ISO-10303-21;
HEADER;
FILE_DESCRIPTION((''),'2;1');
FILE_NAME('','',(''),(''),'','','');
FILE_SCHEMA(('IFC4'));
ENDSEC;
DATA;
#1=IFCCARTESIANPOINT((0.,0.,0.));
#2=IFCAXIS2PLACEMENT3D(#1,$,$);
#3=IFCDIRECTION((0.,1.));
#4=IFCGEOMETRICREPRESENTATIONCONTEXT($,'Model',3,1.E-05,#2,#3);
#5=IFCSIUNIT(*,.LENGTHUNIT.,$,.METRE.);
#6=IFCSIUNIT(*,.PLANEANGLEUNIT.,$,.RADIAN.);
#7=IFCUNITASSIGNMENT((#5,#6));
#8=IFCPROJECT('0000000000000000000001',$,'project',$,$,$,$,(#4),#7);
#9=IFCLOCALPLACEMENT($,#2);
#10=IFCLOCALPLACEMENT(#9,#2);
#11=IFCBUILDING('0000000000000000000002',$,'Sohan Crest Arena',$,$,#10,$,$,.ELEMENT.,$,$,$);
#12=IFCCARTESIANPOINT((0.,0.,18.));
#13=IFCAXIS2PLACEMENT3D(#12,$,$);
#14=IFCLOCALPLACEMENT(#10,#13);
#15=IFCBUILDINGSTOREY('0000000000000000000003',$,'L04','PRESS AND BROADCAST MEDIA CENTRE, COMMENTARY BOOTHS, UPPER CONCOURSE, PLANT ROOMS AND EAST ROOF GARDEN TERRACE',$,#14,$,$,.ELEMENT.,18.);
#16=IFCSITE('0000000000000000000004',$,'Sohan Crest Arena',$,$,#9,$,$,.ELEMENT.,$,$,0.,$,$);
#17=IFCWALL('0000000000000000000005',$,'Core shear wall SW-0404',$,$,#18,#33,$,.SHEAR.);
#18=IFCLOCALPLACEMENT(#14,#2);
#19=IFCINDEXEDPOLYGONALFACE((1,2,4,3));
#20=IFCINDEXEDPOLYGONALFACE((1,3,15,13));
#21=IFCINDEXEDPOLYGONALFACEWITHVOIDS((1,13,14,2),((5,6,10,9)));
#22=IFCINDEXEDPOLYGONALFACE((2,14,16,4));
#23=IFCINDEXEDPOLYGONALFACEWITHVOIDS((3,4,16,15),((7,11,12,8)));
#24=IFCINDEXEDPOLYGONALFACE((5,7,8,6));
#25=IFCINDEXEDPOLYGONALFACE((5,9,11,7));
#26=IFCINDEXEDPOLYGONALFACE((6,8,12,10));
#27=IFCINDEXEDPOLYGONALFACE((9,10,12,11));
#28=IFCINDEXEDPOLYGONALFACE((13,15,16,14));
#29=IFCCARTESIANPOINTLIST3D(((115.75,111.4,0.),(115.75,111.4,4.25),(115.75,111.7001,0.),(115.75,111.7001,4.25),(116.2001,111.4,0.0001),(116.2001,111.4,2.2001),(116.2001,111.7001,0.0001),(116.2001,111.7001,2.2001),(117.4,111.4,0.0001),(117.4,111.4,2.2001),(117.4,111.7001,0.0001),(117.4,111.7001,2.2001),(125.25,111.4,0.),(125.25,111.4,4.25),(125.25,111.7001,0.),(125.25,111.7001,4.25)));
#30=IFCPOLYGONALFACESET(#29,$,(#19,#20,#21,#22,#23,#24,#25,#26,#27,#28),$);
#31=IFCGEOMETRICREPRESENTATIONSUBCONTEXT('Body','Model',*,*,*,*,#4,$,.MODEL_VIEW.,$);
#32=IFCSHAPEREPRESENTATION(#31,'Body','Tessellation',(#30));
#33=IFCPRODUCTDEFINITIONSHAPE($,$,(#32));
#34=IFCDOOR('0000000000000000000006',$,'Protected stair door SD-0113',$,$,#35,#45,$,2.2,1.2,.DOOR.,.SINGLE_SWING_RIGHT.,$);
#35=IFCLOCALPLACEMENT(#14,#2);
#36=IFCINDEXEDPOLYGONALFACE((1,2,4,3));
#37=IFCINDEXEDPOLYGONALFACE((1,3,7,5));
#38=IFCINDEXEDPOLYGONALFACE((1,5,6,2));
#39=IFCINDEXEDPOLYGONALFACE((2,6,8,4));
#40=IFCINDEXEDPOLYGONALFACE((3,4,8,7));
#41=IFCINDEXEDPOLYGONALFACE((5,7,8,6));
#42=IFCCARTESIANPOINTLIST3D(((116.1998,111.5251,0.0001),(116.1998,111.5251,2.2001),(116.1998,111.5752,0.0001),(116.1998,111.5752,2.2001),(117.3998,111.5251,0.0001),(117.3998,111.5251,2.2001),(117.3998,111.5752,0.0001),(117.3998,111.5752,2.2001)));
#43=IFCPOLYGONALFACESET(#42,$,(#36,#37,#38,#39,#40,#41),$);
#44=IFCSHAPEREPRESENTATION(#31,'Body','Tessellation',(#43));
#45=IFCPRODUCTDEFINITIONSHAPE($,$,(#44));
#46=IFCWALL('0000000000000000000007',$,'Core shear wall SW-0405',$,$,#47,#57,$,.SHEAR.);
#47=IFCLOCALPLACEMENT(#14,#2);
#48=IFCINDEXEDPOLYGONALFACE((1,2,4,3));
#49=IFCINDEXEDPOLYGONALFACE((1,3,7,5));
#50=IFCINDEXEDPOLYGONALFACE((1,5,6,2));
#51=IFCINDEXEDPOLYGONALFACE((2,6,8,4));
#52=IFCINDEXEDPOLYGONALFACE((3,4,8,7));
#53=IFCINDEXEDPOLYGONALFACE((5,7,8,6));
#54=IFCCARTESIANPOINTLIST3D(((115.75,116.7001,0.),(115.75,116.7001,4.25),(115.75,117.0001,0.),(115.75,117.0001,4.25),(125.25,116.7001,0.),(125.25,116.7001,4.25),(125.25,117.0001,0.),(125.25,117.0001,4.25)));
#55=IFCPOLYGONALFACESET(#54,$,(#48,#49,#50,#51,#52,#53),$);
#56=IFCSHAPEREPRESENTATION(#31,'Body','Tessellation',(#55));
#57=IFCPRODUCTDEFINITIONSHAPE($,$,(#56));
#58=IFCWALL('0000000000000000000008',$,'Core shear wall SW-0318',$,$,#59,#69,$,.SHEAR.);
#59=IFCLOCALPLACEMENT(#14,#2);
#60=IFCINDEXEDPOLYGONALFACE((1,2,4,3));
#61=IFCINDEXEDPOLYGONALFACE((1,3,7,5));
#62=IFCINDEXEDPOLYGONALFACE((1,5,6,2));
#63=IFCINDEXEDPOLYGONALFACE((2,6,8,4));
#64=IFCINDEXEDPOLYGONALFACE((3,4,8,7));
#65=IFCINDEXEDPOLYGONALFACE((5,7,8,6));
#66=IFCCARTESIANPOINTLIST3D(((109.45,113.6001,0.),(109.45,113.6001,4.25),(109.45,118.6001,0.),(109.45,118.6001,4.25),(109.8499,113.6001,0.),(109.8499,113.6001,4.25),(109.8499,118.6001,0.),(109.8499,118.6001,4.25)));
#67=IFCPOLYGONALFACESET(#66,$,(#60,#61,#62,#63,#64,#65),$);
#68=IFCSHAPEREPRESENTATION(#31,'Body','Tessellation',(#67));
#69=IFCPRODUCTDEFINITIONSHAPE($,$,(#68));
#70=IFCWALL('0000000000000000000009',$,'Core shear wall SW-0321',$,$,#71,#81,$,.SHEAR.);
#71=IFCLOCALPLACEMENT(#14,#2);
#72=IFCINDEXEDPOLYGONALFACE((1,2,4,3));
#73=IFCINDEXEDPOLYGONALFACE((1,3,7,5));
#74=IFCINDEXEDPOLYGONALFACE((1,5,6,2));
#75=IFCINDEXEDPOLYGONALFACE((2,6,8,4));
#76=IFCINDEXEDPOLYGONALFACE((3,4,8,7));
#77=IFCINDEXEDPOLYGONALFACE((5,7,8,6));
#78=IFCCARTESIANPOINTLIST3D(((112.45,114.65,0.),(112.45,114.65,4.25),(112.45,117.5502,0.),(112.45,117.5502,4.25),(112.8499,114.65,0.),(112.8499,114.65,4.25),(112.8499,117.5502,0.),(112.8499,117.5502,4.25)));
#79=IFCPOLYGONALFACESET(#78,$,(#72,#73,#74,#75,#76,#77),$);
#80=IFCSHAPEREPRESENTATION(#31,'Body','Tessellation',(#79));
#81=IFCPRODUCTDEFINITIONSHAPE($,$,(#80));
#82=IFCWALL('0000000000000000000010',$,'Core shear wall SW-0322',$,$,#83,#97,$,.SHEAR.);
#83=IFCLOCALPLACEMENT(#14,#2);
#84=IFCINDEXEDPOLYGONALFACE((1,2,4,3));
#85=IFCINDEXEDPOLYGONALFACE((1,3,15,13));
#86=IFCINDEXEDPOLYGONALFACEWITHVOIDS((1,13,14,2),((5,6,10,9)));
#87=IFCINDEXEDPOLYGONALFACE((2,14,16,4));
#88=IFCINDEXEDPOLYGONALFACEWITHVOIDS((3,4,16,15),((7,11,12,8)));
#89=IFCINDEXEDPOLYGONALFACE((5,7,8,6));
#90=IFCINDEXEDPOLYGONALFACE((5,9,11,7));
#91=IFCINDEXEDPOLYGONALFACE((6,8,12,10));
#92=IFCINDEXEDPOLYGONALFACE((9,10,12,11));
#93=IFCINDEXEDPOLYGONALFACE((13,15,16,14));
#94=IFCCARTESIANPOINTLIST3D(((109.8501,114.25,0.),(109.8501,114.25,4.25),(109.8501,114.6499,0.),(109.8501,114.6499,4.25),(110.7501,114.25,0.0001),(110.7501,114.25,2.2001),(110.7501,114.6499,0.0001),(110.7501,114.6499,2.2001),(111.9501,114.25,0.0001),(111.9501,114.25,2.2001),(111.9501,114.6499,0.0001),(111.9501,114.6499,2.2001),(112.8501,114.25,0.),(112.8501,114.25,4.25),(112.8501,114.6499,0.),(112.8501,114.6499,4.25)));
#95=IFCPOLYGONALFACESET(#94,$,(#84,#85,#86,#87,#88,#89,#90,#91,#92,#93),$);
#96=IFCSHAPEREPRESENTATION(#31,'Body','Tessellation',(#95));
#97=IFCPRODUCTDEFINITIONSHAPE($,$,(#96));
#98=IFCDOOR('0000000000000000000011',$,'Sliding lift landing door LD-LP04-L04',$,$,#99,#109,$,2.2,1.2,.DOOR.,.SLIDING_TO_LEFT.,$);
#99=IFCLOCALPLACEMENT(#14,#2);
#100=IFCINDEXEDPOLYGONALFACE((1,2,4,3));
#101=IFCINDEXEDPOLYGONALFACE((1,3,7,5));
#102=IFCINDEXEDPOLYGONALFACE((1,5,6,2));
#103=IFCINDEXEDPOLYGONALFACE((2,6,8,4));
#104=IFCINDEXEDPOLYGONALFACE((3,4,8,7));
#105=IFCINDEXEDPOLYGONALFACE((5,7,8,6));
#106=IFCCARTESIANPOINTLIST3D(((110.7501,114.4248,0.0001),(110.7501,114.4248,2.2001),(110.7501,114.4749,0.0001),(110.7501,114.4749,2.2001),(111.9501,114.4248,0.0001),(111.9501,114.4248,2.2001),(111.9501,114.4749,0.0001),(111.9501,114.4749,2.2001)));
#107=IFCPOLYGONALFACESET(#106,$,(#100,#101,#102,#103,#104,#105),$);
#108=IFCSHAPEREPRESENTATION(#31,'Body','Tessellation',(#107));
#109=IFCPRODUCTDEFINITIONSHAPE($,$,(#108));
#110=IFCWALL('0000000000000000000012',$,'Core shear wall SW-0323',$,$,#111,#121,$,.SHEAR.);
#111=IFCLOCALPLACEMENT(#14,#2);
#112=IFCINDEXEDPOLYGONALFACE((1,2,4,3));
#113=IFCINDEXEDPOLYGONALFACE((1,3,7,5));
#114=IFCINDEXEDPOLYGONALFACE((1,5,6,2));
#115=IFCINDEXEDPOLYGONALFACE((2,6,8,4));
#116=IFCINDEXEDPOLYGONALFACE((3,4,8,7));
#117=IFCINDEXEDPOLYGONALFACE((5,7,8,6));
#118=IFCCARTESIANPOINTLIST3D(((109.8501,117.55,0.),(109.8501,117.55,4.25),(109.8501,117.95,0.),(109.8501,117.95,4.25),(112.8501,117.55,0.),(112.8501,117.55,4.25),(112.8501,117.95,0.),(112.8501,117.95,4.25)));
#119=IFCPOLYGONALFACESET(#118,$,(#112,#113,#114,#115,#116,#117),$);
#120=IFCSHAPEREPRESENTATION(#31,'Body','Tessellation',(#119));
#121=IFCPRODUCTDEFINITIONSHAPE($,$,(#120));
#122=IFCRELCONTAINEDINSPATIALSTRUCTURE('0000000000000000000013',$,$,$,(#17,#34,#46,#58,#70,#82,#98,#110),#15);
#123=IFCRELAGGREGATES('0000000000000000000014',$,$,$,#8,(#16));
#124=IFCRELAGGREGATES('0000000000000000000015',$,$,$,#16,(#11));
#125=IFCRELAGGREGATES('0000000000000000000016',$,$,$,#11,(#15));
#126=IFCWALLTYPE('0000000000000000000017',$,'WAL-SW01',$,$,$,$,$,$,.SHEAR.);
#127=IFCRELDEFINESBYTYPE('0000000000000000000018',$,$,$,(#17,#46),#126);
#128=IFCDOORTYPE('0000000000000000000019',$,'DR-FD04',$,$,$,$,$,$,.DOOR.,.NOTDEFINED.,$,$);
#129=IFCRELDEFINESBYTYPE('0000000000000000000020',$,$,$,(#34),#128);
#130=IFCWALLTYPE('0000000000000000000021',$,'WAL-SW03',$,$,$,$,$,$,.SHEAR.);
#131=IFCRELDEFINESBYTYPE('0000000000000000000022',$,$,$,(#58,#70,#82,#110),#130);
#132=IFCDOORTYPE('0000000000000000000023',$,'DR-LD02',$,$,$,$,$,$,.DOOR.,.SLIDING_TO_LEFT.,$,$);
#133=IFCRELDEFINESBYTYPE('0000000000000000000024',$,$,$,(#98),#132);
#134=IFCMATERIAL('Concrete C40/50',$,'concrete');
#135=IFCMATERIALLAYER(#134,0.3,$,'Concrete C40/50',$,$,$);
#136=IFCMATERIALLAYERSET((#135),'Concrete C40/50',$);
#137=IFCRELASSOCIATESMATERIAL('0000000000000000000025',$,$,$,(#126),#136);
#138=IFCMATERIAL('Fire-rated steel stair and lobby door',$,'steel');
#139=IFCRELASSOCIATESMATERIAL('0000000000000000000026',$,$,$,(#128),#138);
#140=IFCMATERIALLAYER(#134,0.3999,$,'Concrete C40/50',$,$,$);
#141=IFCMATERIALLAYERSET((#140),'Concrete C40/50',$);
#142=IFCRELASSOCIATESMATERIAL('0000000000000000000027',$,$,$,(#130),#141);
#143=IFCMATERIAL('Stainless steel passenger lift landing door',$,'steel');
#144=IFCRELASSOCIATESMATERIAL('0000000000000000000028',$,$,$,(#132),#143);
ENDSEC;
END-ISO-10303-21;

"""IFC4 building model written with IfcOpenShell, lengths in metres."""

from ifc_helpers import new_model, si_unit, direction, frame, frame_2d, origin, place, context, subcontext, project, spatial, rectangle, extrude, material, layer, layer_set, type_object, element, fill, save


model = new_model("IFC4")

# Units and contexts
model_context = context("Model", 3, precision=1e-05, world=origin(), true_north=direction((0.0, 1.0)))
body_context = subcontext(model_context, "Body", "Model", "MODEL_VIEW")
ifc_project = project(units=[si_unit("LENGTHUNIT", "METRE"), si_unit("PLANEANGLEUNIT", "RADIAN")], contexts=[model_context])

# Site, building, storey
site_placement = place(None, origin())
site = spatial("IfcSite", under=ifc_project, at=site_placement, Name="Sohan Crest Arena", CompositionType="ELEMENT", RefElevation=0.0)
building_placement = place(site_placement, origin())
building = spatial("IfcBuilding", under=site, at=building_placement, Name="Sohan Crest Arena", CompositionType="ELEMENT")
storey_placement = place(building_placement, frame((0.0, 0.0, 18.0)))
storey = spatial("IfcBuildingStorey", under=building, at=storey_placement, Name="L04", Description="PRESS AND BROADCAST MEDIA CENTRE, COMMENTARY BOOTHS, UPPER CONCOURSE, PLANT ROOMS AND EAST ROOF GARDEN TERRACE", CompositionType="ELEMENT", Elevation=18.0)

# Shared definitions
ifc_material_1 = material(Name="Concrete C40/50", Category="concrete")

# Shared definitions
ifc_layer_1 = layer(ifc_material_1, 0.3, Name="Concrete C40/50")
ifc_layer_set_1 = layer_set([ifc_layer_1], Name="Concrete C40/50")
wall_type_1 = type_object("IfcWallType", Name="WAL-SW01", PredefinedType="SHEAR", material=ifc_layer_set_1)

# Wall, opening, door
wall_1_placement = place(storey_placement, frame((115.75, 111.55, 0.0), z_axis=(0.0, 0.0, 1.0), x_axis=(1.0, 0.0, 0.0)))
wall_1 = element("IfcWall", 1, at=wall_1_placement, inside=storey, type_object=wall_type_1, Name="Core shear wall SW-0404", PredefinedType="SHEAR", context=body_context, shape_type="SweptSolid", body=[
    extrude(rectangle(XDim=9.5, YDim=0.3, at=frame_2d((4.75, 0.0))), origin(), (0.0, 0.0, 1.0), 4.25),
])
opening_1_placement = place(wall_1_placement, frame((0.45, 0.0, 0.0)))
opening_1 = element("IfcOpeningElement", 2, at=opening_1_placement, cuts=wall_1, PredefinedType="OPENING", context=body_context, shape_type="SweptSolid", body=[
    extrude(rectangle(XDim=1.2, YDim=2.2, at=frame_2d((0.6001, 1.1001))), frame((0.0, 0.1599, 0.0), z_axis=(0.0, -1.0, 0.0), x_axis=(1.0, 0.0, 0.0)), (0.0, 0.0, 1.0), 0.3201),
])
ifc_material_2 = material(Name="Fire-rated steel stair and lobby door", Category="steel")
door_type_1 = type_object("IfcDoorType", Name="DR-FD04", OperationType="NOTDEFINED", PredefinedType="DOOR", material=ifc_material_2)
door_1_placement = place(opening_1_placement, frame((1.2, 0.0, 0.0), z_axis=(0.0, 0.0, 1.0), x_axis=(-1.0, 0.0, 0.0)))
door_1 = element("IfcDoor", 3, at=door_1_placement, inside=storey, type_object=door_type_1, Name="Protected stair door SD-0113", OperationType="SINGLE_SWING_RIGHT", OverallHeight=2.2, OverallWidth=1.2, PredefinedType="DOOR", context=body_context, shape_type="SweptSolid", body=[
    extrude(rectangle(XDim=1.2, YDim=2.2, at=frame_2d((0.6001, 1.1001))), frame((0.0, 0.0249, 0.0), z_axis=(0.0, -1.0, 0.0), x_axis=(1.0, 0.0, 0.0)), (0.0, 0.0, 1.0), 0.05),
])
fill(opening_1, door_1)

# Walls
wall_2_placement = place(storey_placement, frame((115.75, 116.8501, 0.0), z_axis=(0.0, 0.0, 1.0), x_axis=(1.0, 0.0, 0.0)))
element("IfcWall", 4, at=wall_2_placement, inside=storey, type_object=wall_type_1, Name="Core shear wall SW-0405", PredefinedType="SHEAR", context=body_context, shape_type="SweptSolid", body=[
    extrude(rectangle(XDim=9.5, YDim=0.3, at=frame_2d((4.75, 0.0))), origin(), (0.0, 0.0, 1.0), 4.25),
])
ifc_layer_2 = layer(ifc_material_1, 0.3999, Name="Concrete C40/50")
ifc_layer_set_2 = layer_set([ifc_layer_2], Name="Concrete C40/50")
wall_type_2 = type_object("IfcWallType", Name="WAL-SW03", PredefinedType="SHEAR", material=ifc_layer_set_2)
wall_3_placement = place(storey_placement, frame((109.6499, 113.6001, 0.0), z_axis=(0.0, 0.0, 1.0), x_axis=(0.0, 1.0, 0.0)))
element("IfcWall", 5, at=wall_3_placement, inside=storey, type_object=wall_type_2, Name="Core shear wall SW-0318", PredefinedType="SHEAR", context=body_context, shape_type="SweptSolid", body=[
    extrude(rectangle(XDim=5.0, YDim=0.3999, at=frame_2d((2.5, 0.0))), origin(), (0.0, 0.0, 1.0), 4.25),
])
wall_4_placement = place(storey_placement, frame((112.6499, 114.6499, 0.0), z_axis=(0.0, 0.0, 1.0), x_axis=(0.0, 1.0, 0.0)))
element("IfcWall", 6, at=wall_4_placement, inside=storey, type_object=wall_type_2, Name="Core shear wall SW-0321", PredefinedType="SHEAR", context=body_context, shape_type="SweptSolid", body=[
    extrude(rectangle(XDim=2.9001, YDim=0.3999, at=frame_2d((1.4502, 0.0))), origin(), (0.0, 0.0, 1.0), 4.25),
])

# Wall, opening, door
wall_5_placement = place(storey_placement, frame((109.8501, 114.45, 0.0), z_axis=(0.0, 0.0, 1.0), x_axis=(1.0, 0.0, 0.0)))
wall_5 = element("IfcWall", 7, at=wall_5_placement, inside=storey, type_object=wall_type_2, Name="Core shear wall SW-0322", PredefinedType="SHEAR", context=body_context, shape_type="SweptSolid", body=[
    extrude(rectangle(XDim=3.0, YDim=0.3999, at=frame_2d((1.5, 0.0))), origin(), (0.0, 0.0, 1.0), 4.25),
])
opening_2_placement = place(wall_5_placement, frame((0.8999, 0.0, 0.0)))
opening_2 = element("IfcOpeningElement", 8, at=opening_2_placement, cuts=wall_5, PredefinedType="OPENING", context=body_context, shape_type="SweptSolid", body=[
    extrude(rectangle(XDim=1.2, YDim=2.2, at=frame_2d((0.6001, 1.1001))), frame((0.0, 0.21, 0.0), z_axis=(0.0, -1.0, 0.0), x_axis=(1.0, 0.0, 0.0)), (0.0, 0.0, 1.0), 0.4199),
])
ifc_material_3 = material(Name="Stainless steel passenger lift landing door", Category="steel")
door_type_2 = type_object("IfcDoorType", Name="DR-LD02", OperationType="SLIDING_TO_LEFT", PredefinedType="DOOR", material=ifc_material_3)
door_2_placement = place(opening_2_placement, origin())
door_2 = element("IfcDoor", 9, at=door_2_placement, inside=storey, type_object=door_type_2, Name="Sliding lift landing door LD-LP04-L04", OperationType="SLIDING_TO_LEFT", OverallHeight=2.2, OverallWidth=1.2, PredefinedType="DOOR", context=body_context, shape_type="SweptSolid", body=[
    extrude(rectangle(XDim=1.2, YDim=2.2, at=frame_2d((0.6001, 1.1001))), frame((0.0, 0.0249, 0.0), z_axis=(0.0, -1.0, 0.0), x_axis=(1.0, 0.0, 0.0)), (0.0, 0.0, 1.0), 0.05),
])
fill(opening_2, door_2)

# Wall
wall_6_placement = place(storey_placement, frame((109.8501, 117.75, 0.0), z_axis=(0.0, 0.0, 1.0), x_axis=(1.0, 0.0, 0.0)))
element("IfcWall", 10, at=wall_6_placement, inside=storey, type_object=wall_type_2, Name="Core shear wall SW-0323", PredefinedType="SHEAR", context=body_context, shape_type="SweptSolid", body=[
    extrude(rectangle(XDim=3.0, YDim=0.3999, at=frame_2d((1.5, 0.0))), origin(), (0.0, 0.0, 1.0), 4.25),
])

save(model, "model.ifc")
